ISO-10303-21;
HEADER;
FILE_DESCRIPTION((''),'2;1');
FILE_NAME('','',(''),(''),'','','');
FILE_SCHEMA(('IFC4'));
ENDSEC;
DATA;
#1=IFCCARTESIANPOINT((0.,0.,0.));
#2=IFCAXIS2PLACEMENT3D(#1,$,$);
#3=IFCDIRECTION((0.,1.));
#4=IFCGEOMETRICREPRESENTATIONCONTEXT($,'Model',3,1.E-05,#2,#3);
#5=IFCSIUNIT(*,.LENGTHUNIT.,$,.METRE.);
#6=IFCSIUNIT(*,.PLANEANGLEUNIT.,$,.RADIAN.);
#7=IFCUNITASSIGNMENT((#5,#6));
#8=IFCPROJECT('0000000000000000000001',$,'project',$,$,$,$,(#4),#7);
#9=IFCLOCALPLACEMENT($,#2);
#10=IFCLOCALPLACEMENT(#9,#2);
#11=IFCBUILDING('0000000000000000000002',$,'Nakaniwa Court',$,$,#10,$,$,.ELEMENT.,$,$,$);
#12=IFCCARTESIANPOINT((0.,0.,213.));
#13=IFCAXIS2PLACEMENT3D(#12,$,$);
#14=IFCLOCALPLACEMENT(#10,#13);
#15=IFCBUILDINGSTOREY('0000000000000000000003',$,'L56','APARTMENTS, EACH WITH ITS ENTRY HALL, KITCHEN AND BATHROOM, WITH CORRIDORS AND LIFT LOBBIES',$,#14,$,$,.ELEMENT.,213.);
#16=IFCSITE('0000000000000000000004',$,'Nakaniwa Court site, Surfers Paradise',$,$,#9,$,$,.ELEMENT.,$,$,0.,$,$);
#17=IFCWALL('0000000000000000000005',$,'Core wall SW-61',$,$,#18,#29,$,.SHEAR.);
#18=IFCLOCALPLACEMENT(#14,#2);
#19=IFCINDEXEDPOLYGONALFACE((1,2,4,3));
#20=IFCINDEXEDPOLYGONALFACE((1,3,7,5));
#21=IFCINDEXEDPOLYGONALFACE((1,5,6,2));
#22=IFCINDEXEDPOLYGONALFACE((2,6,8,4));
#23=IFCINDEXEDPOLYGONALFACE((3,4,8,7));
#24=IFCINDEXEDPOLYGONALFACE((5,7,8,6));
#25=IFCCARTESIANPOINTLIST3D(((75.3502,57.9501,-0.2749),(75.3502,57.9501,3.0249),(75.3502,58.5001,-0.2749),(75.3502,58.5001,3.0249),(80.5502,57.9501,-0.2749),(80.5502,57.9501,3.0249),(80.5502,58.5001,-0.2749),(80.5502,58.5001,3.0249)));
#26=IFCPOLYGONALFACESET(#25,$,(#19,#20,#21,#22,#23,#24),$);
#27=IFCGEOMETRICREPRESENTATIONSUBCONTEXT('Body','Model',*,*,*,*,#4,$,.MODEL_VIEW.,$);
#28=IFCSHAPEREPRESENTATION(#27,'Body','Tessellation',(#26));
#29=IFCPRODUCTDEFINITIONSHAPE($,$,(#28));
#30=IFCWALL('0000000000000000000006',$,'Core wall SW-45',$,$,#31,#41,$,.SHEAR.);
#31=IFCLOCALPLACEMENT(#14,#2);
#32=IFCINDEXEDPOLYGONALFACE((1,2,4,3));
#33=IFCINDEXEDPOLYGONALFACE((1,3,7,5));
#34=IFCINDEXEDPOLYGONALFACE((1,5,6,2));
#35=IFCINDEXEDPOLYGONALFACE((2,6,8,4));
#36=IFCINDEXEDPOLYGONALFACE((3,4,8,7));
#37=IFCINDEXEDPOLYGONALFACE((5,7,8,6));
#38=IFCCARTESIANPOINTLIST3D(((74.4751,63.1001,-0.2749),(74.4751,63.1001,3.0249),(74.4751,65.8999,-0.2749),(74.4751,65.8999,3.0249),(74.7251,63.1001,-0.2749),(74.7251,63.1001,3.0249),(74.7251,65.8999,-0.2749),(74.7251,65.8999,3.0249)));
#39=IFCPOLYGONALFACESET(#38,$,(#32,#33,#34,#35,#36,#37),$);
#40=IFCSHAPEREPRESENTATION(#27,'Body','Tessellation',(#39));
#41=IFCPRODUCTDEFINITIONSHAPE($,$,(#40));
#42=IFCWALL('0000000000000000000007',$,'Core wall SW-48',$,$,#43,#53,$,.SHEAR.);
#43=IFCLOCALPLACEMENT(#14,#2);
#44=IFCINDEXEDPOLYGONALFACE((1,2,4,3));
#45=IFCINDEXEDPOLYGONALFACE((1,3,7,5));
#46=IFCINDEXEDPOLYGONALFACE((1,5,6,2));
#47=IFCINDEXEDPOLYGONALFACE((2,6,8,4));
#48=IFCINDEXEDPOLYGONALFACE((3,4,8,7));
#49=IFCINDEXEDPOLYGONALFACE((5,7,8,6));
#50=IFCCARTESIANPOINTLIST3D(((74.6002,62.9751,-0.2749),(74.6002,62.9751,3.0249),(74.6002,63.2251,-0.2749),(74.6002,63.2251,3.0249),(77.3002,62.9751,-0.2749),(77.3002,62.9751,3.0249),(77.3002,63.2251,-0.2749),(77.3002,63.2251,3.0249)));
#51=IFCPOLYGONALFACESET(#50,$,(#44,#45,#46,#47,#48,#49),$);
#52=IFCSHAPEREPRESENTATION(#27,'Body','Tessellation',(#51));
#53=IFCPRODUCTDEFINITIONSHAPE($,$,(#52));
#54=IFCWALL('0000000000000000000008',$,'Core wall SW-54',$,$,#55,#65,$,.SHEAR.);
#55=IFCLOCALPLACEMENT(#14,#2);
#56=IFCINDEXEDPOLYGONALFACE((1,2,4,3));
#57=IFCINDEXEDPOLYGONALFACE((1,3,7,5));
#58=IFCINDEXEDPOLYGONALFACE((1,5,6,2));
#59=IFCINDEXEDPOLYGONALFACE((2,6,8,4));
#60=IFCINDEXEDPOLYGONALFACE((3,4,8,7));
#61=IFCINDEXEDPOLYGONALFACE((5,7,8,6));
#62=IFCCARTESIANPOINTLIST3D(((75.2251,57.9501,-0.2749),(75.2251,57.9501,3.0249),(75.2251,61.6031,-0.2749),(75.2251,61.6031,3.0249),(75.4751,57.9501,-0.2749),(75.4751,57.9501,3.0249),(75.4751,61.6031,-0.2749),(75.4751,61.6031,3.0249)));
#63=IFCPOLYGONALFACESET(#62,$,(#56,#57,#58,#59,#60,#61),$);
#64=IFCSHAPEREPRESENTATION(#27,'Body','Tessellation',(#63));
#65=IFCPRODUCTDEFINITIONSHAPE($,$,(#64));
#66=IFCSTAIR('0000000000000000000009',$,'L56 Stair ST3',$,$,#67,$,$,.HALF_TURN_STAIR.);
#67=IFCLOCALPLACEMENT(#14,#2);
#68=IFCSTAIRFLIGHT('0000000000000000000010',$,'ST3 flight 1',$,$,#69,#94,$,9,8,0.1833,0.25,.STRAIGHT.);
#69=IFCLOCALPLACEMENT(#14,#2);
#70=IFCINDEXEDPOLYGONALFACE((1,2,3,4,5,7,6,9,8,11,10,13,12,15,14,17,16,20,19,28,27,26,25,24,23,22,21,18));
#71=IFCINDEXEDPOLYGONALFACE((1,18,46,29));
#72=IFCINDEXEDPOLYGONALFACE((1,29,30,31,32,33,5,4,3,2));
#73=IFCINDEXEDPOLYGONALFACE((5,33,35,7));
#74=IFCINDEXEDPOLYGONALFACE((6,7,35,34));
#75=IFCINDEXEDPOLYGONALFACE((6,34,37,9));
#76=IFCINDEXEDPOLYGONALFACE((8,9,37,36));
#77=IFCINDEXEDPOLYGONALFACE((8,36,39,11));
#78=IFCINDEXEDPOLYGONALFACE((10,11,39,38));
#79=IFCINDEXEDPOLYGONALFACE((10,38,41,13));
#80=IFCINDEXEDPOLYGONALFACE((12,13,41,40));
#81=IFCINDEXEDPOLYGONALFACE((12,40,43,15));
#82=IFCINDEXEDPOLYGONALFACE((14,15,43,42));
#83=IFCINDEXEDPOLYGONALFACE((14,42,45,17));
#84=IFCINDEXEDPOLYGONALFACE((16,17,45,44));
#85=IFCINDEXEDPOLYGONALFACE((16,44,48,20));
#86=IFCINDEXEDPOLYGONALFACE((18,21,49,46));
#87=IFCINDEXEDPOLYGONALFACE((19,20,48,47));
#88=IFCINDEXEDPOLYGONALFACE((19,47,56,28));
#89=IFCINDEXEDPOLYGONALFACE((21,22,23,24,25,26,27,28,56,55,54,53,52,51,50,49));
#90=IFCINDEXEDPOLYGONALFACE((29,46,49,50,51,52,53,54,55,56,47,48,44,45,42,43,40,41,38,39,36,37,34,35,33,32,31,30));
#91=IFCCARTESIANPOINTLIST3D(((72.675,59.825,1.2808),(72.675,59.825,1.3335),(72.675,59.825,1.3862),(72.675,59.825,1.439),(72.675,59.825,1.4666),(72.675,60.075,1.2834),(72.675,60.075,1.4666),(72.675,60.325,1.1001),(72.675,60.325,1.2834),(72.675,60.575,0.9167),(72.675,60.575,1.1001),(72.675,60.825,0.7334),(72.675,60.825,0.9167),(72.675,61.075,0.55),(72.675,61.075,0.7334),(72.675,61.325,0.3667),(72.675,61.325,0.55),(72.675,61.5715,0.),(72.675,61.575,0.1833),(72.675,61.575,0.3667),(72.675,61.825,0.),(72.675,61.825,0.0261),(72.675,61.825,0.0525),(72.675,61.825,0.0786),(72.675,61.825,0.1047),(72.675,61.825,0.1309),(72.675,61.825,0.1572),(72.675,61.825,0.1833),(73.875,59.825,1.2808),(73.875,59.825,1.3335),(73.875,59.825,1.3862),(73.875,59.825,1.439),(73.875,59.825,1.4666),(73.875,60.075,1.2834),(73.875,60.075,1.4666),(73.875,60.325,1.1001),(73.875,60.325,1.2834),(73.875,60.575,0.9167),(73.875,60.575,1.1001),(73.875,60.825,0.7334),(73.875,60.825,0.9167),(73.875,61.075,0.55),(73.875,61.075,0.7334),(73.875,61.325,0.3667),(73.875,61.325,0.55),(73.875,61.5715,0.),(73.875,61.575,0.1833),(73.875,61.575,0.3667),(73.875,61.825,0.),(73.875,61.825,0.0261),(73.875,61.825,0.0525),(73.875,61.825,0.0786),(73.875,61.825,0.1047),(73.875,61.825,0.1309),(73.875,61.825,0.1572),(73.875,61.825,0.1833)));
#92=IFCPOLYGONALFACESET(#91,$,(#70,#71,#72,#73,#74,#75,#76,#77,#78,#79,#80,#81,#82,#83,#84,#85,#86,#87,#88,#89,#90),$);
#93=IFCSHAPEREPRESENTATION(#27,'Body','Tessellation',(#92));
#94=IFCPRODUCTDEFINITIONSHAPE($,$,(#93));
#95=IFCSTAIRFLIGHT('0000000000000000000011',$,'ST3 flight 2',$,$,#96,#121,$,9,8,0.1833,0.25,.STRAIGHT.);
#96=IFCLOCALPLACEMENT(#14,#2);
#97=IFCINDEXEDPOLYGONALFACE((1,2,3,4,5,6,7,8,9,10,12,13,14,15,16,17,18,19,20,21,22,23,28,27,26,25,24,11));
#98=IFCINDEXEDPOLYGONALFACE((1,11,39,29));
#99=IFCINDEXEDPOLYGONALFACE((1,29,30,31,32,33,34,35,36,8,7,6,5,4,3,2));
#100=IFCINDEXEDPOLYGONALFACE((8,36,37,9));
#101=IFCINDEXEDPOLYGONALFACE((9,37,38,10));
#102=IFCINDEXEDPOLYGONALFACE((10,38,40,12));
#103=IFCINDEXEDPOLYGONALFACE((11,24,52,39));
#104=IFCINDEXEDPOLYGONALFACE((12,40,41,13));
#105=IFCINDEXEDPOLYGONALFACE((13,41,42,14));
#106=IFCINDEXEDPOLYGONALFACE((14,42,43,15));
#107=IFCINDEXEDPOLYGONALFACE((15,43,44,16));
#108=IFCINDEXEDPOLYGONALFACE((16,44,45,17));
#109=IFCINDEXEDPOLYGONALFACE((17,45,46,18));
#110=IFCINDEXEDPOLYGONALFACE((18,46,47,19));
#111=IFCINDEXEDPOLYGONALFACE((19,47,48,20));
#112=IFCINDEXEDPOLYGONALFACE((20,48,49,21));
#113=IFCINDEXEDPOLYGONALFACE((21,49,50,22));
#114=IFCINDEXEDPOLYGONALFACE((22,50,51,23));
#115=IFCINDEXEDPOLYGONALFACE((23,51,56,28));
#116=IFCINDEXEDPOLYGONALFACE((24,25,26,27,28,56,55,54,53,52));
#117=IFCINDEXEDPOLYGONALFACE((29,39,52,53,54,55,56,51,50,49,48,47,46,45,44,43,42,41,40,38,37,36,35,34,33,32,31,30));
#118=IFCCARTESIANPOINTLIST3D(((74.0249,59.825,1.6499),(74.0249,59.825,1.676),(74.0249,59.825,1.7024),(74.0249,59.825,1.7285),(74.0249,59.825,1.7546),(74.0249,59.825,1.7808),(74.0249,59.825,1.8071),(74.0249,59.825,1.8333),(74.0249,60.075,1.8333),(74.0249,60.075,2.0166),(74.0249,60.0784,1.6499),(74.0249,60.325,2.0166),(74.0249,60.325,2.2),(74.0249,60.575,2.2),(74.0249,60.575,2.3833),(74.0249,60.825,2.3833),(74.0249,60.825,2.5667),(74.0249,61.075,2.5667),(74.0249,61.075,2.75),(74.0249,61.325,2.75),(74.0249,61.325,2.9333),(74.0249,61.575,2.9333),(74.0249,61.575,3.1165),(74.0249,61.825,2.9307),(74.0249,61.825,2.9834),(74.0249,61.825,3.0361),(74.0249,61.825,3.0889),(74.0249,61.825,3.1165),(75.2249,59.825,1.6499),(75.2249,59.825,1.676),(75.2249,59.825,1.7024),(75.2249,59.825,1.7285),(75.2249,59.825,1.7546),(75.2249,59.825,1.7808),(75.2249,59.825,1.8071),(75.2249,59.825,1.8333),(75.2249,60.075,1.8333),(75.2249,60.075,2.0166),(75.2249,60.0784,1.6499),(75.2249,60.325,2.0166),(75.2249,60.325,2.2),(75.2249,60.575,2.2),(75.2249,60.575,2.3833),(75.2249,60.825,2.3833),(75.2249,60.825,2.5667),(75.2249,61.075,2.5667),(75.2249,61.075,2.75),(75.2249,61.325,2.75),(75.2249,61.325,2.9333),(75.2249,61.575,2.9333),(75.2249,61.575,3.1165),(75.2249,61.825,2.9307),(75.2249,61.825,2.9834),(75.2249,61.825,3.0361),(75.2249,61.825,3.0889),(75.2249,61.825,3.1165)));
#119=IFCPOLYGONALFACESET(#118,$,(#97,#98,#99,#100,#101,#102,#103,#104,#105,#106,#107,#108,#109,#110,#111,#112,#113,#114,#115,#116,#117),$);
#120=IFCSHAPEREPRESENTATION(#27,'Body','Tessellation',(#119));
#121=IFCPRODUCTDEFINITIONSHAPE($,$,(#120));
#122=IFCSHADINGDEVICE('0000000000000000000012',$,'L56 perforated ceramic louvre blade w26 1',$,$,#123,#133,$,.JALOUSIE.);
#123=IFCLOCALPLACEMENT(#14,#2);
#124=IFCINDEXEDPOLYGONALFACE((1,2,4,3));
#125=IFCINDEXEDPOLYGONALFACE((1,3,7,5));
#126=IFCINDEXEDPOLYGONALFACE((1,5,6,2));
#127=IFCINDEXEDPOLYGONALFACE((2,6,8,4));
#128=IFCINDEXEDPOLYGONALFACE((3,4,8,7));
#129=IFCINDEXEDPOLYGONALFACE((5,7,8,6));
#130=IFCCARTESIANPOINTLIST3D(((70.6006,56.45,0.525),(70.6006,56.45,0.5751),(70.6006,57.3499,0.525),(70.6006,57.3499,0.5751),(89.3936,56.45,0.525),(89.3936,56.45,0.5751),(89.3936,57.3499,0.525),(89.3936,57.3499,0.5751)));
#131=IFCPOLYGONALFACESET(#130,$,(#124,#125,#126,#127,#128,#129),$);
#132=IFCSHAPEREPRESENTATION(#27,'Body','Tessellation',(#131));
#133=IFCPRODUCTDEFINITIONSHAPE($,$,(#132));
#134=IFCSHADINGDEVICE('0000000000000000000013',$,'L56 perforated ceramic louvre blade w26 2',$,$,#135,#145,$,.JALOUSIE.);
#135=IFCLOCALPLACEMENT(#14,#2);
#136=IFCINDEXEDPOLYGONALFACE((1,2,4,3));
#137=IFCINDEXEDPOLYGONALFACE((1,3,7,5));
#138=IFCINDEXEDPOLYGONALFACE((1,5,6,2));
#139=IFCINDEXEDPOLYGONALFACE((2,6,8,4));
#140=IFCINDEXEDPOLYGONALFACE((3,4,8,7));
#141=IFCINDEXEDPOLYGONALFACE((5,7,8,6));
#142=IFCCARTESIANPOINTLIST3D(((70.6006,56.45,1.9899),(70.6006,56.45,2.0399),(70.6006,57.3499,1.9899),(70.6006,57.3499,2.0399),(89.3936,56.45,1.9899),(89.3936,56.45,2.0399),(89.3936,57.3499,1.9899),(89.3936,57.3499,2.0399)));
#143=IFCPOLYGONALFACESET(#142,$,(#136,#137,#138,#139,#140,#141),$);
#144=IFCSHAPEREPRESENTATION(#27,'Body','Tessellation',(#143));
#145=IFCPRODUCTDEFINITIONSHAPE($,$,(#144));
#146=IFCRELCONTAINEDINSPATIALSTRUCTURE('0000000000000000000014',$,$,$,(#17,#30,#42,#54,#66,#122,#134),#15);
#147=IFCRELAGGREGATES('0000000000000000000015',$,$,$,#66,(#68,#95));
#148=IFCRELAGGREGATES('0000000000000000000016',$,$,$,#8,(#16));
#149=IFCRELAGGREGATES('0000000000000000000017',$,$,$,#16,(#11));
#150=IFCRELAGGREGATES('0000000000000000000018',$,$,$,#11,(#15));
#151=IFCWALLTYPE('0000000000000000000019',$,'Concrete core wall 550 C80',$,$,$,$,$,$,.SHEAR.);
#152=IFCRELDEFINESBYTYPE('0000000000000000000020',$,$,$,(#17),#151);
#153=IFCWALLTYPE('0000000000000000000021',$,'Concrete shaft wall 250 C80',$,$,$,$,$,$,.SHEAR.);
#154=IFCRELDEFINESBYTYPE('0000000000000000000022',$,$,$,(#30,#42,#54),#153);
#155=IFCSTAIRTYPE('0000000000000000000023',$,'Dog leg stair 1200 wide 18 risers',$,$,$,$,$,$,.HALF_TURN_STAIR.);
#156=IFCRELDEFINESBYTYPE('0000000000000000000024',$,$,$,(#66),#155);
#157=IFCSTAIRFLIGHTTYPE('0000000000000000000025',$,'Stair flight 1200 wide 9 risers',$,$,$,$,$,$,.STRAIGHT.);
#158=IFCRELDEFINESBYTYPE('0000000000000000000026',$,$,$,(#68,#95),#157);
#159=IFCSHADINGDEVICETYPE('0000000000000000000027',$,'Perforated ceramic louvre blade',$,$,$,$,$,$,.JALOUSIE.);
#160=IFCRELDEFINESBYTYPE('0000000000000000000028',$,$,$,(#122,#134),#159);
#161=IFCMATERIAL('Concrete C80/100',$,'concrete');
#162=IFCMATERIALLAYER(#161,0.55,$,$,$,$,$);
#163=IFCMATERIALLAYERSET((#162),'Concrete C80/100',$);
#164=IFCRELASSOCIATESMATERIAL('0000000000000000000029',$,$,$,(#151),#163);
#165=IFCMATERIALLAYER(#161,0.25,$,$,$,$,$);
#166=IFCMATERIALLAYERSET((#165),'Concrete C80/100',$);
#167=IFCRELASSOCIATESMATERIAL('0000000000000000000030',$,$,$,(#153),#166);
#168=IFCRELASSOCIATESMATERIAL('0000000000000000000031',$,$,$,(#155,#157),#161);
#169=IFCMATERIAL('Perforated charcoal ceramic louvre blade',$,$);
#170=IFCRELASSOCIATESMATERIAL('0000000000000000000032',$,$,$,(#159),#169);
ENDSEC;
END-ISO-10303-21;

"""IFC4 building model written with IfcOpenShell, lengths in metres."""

from ifc_helpers import new_model, si_unit, direction, frame, frame_2d, origin, origin_2d, place, context, subcontext, project, spatial, polyline, rectangle, outline, extrude, material, layer, layer_set, material_profile, profile_set, type_object, element, aggregate, save


model = new_model("IFC4")

# Units and contexts
model_context = context("Model", 3, precision=1e-05, world=origin(), true_north=direction((0.0, 1.0)))
body_context = subcontext(model_context, "Body", "Model", "MODEL_VIEW")
ifc_project = project(units=[si_unit("LENGTHUNIT", "METRE"), si_unit("PLANEANGLEUNIT", "RADIAN")], contexts=[model_context])

# Site, building, storey
site_placement = place(None, origin())
site = spatial("IfcSite", under=ifc_project, at=site_placement, Name="Nakaniwa Court site, Surfers Paradise", CompositionType="ELEMENT", RefElevation=0.0)
building_placement = place(site_placement, origin())
building = spatial("IfcBuilding", under=site, at=building_placement, Name="Nakaniwa Court", CompositionType="ELEMENT")
storey_placement = place(building_placement, frame((0.0, 0.0, 213.0)))
storey = spatial("IfcBuildingStorey", under=building, at=storey_placement, Name="L56", Description="APARTMENTS, EACH WITH ITS ENTRY HALL, KITCHEN AND BATHROOM, WITH CORRIDORS AND LIFT LOBBIES", CompositionType="ELEMENT", Elevation=213.0)

# Shared definitions
ifc_material_1 = material(Name="Concrete C80/100", Category="concrete")

# Walls
ifc_layer_1 = layer(ifc_material_1, 0.55)
ifc_layer_set_1 = layer_set([ifc_layer_1], Name="Concrete C80/100")
wall_type_1 = type_object("IfcWallType", Name="Concrete core wall 550 C80", PredefinedType="SHEAR", material=ifc_layer_set_1)
wall_1_placement = place(storey_placement, frame((75.3501, 58.2251, -0.2749), z_axis=(0.0, 0.0, 1.0), x_axis=(1.0, 0.0, 0.0)))
element("IfcWall", 1, at=wall_1_placement, inside=storey, type_object=wall_type_1, Name="Core wall SW-61", PredefinedType="SHEAR", context=body_context, shape_type="SweptSolid", body=[
    extrude(rectangle(XDim=5.2, YDim=0.55, at=frame_2d((2.6001, 0.0))), origin(), (0.0, 0.0, 1.0), 3.2998),
])
ifc_layer_2 = layer(ifc_material_1, 0.25)
ifc_layer_set_2 = layer_set([ifc_layer_2], Name="Concrete C80/100")
wall_type_2 = type_object("IfcWallType", Name="Concrete shaft wall 250 C80", PredefinedType="SHEAR", material=ifc_layer_set_2)
wall_2_placement = place(storey_placement, frame((74.6001, 63.1001, -0.2749), z_axis=(0.0, 0.0, 1.0), x_axis=(0.0, 1.0, 0.0)))
element("IfcWall", 2, at=wall_2_placement, inside=storey, type_object=wall_type_2, Name="Core wall SW-45", PredefinedType="SHEAR", context=body_context, shape_type="SweptSolid", body=[
    extrude(rectangle(XDim=2.7998, YDim=0.25, at=frame_2d((1.3999, 0.0))), origin(), (0.0, 0.0, 1.0), 3.2998),
])
wall_3_placement = place(storey_placement, frame((74.6001, 63.1001, -0.2749), z_axis=(0.0, 0.0, 1.0), x_axis=(1.0, 0.0, 0.0)))
element("IfcWall", 3, at=wall_3_placement, inside=storey, type_object=wall_type_2, Name="Core wall SW-48", PredefinedType="SHEAR", context=body_context, shape_type="SweptSolid", body=[
    extrude(rectangle(XDim=2.7, YDim=0.25, at=frame_2d((1.3501, 0.0))), origin(), (0.0, 0.0, 1.0), 3.2998),
])
wall_4_placement = place(storey_placement, frame((75.3501, 57.95, -0.2749), z_axis=(0.0, 0.0, 1.0), x_axis=(0.0, 1.0, 0.0)))
element("IfcWall", 4, at=wall_4_placement, inside=storey, type_object=wall_type_2, Name="Core wall SW-54", PredefinedType="SHEAR", context=body_context, shape_type="SweptSolid", body=[
    extrude(rectangle(XDim=3.6531, YDim=0.25, at=frame_2d((1.8267, 0.0))), origin(), (0.0, 0.0, 1.0), 3.2998),
])

# Stair, stair flights
stair_type = type_object("IfcStairType", Name="Dog leg stair 1200 wide 18 risers", PredefinedType="HALF_TURN_STAIR", material=ifc_material_1)
stair_placement = place(storey_placement, origin())
stair = element("IfcStair", 5, at=stair_placement, inside=storey, type_object=stair_type, Name="L56 Stair ST3", PredefinedType="HALF_TURN_STAIR")
stair_flight_type = type_object("IfcStairFlightType", Name="Stair flight 1200 wide 9 risers", PredefinedType="STRAIGHT", material=ifc_material_1)
stair_flight_1_placement = place(storey_placement, frame((73.2749, 61.825, 0.0), z_axis=(0.0, 0.0, 1.0), x_axis=(0.0, -1.0, 0.0)))
stair_flight_1 = element("IfcStairFlight", 6, at=stair_flight_1_placement, type_object=stair_flight_type, Name="ST3 flight 1", NumberOfRisers=9, NumberOfTreads=8, PredefinedType="STRAIGHT", RiserHeight=0.1833, TreadLength=0.25, context=body_context, shape_type="SweptSolid", body=[
    extrude(outline(polyline([(0.0, 0.0), (0.0, 0.0261), (0.0, 0.0525), (0.0, 0.0786), (0.0, 0.1047), (0.0, 0.1309), (0.0, 0.1572), (0.0, 0.1833), (0.25, 0.1833), (0.25, 0.3667), (0.5, 0.3667), (0.5, 0.55), (0.75, 0.55), (0.75, 0.7334), (1.0, 0.7334), (1.0, 0.9167), (1.25, 0.9167), (1.25, 1.1001), (1.5, 1.1001), (1.5, 1.2834), (1.75, 1.2834), (1.75, 1.4666), (2.0, 1.4666), (2.0, 1.6499), (2.0, 1.5972), (2.0, 1.5444), (2.0, 1.4917), (2.0, 1.439), (2.0, 1.3862), (2.0, 1.3335), (2.0, 1.2808), (0.2534, 0.0), (0.0, 0.0)])), frame((0.0, 0.6001, 0.0), z_axis=(0.0, -1.0, 0.0), x_axis=(1.0, 0.0, 0.0)), (0.0, 0.0, 1.0), 1.2),
])
stair_flight_2_placement = place(storey_placement, frame((74.625, 59.825, 1.6499), z_axis=(0.0, 0.0, 1.0), x_axis=(0.0, 1.0, 0.0)))
stair_flight_2 = element("IfcStairFlight", 7, at=stair_flight_2_placement, type_object=stair_flight_type, Name="ST3 flight 2", NumberOfRisers=9, NumberOfTreads=8, PredefinedType="STRAIGHT", RiserHeight=0.1833, TreadLength=0.25, context=body_context, shape_type="SweptSolid", body=[
    extrude(outline(polyline([(0.0, 0.0), (0.0, 0.0261), (0.0, 0.0525), (0.0, 0.0786), (0.0, 0.1047), (0.0, 0.1309), (0.0, 0.1572), (0.0, 0.1833), (0.25, 0.1833), (0.25, 0.3667), (0.5, 0.3667), (0.5, 0.55), (0.75, 0.55), (0.75, 0.7334), (1.0, 0.7334), (1.0, 0.9167), (1.25, 0.9167), (1.25, 1.1001), (1.5, 1.1001), (1.5, 1.2834), (1.75, 1.2834), (1.75, 1.4666), (2.0, 1.4666), (2.0, 1.6499), (2.0, 1.5972), (2.0, 1.5444), (2.0, 1.4917), (2.0, 1.439), (2.0, 1.3862), (2.0, 1.3335), (2.0, 1.2808), (0.2534, 0.0), (0.0, 0.0)])), frame((0.0, 0.6001, 0.0), z_axis=(0.0, -1.0, 0.0), x_axis=(1.0, 0.0, 0.0)), (0.0, 0.0, 1.0), 1.2),
])
aggregate(stair, [stair_flight_1, stair_flight_2])

# Shading devices
ifc_material_2 = material(Name="Perforated charcoal ceramic louvre blade")
ifc_material_profile = material_profile(ifc_material_2, rectangle(XDim=0.8999, YDim=0.05, at=origin_2d()), Name="Perforated ceramic louvre blade")
ifc_profile_set = profile_set([ifc_material_profile], Name="Perforated charcoal ceramic louvre blade")
shading_device_type = type_object("IfcShadingDeviceType", Name="Perforated ceramic louvre blade", PredefinedType="JALOUSIE", material=ifc_profile_set)
for number, where, z_axis, x_axis, name in (
    (8, (70.6006, 56.8999, 0.55), (1.0, 0.0, 0.0), (0.0, 1.0, 0.0), "L56 perforated ceramic louvre blade w26 1"),
    (9, (70.6006, 56.8999, 2.0149), (1.0, 0.0, 0.0), (0.0, 1.0, 0.0), "L56 perforated ceramic louvre blade w26 2"),
):
    element("IfcShadingDevice", number, at=place(storey_placement, frame(where, z_axis=z_axis, x_axis=x_axis)), inside=storey, type_object=shading_device_type, Name=name, PredefinedType="JALOUSIE", context=body_context, shape_type="SweptSolid", body=[
        extrude(rectangle(XDim=0.8999, YDim=0.05, at=origin_2d()), origin(), (0.0, 0.0, 1.0), 18.793),
    ])

save(model, "model.ifc")
